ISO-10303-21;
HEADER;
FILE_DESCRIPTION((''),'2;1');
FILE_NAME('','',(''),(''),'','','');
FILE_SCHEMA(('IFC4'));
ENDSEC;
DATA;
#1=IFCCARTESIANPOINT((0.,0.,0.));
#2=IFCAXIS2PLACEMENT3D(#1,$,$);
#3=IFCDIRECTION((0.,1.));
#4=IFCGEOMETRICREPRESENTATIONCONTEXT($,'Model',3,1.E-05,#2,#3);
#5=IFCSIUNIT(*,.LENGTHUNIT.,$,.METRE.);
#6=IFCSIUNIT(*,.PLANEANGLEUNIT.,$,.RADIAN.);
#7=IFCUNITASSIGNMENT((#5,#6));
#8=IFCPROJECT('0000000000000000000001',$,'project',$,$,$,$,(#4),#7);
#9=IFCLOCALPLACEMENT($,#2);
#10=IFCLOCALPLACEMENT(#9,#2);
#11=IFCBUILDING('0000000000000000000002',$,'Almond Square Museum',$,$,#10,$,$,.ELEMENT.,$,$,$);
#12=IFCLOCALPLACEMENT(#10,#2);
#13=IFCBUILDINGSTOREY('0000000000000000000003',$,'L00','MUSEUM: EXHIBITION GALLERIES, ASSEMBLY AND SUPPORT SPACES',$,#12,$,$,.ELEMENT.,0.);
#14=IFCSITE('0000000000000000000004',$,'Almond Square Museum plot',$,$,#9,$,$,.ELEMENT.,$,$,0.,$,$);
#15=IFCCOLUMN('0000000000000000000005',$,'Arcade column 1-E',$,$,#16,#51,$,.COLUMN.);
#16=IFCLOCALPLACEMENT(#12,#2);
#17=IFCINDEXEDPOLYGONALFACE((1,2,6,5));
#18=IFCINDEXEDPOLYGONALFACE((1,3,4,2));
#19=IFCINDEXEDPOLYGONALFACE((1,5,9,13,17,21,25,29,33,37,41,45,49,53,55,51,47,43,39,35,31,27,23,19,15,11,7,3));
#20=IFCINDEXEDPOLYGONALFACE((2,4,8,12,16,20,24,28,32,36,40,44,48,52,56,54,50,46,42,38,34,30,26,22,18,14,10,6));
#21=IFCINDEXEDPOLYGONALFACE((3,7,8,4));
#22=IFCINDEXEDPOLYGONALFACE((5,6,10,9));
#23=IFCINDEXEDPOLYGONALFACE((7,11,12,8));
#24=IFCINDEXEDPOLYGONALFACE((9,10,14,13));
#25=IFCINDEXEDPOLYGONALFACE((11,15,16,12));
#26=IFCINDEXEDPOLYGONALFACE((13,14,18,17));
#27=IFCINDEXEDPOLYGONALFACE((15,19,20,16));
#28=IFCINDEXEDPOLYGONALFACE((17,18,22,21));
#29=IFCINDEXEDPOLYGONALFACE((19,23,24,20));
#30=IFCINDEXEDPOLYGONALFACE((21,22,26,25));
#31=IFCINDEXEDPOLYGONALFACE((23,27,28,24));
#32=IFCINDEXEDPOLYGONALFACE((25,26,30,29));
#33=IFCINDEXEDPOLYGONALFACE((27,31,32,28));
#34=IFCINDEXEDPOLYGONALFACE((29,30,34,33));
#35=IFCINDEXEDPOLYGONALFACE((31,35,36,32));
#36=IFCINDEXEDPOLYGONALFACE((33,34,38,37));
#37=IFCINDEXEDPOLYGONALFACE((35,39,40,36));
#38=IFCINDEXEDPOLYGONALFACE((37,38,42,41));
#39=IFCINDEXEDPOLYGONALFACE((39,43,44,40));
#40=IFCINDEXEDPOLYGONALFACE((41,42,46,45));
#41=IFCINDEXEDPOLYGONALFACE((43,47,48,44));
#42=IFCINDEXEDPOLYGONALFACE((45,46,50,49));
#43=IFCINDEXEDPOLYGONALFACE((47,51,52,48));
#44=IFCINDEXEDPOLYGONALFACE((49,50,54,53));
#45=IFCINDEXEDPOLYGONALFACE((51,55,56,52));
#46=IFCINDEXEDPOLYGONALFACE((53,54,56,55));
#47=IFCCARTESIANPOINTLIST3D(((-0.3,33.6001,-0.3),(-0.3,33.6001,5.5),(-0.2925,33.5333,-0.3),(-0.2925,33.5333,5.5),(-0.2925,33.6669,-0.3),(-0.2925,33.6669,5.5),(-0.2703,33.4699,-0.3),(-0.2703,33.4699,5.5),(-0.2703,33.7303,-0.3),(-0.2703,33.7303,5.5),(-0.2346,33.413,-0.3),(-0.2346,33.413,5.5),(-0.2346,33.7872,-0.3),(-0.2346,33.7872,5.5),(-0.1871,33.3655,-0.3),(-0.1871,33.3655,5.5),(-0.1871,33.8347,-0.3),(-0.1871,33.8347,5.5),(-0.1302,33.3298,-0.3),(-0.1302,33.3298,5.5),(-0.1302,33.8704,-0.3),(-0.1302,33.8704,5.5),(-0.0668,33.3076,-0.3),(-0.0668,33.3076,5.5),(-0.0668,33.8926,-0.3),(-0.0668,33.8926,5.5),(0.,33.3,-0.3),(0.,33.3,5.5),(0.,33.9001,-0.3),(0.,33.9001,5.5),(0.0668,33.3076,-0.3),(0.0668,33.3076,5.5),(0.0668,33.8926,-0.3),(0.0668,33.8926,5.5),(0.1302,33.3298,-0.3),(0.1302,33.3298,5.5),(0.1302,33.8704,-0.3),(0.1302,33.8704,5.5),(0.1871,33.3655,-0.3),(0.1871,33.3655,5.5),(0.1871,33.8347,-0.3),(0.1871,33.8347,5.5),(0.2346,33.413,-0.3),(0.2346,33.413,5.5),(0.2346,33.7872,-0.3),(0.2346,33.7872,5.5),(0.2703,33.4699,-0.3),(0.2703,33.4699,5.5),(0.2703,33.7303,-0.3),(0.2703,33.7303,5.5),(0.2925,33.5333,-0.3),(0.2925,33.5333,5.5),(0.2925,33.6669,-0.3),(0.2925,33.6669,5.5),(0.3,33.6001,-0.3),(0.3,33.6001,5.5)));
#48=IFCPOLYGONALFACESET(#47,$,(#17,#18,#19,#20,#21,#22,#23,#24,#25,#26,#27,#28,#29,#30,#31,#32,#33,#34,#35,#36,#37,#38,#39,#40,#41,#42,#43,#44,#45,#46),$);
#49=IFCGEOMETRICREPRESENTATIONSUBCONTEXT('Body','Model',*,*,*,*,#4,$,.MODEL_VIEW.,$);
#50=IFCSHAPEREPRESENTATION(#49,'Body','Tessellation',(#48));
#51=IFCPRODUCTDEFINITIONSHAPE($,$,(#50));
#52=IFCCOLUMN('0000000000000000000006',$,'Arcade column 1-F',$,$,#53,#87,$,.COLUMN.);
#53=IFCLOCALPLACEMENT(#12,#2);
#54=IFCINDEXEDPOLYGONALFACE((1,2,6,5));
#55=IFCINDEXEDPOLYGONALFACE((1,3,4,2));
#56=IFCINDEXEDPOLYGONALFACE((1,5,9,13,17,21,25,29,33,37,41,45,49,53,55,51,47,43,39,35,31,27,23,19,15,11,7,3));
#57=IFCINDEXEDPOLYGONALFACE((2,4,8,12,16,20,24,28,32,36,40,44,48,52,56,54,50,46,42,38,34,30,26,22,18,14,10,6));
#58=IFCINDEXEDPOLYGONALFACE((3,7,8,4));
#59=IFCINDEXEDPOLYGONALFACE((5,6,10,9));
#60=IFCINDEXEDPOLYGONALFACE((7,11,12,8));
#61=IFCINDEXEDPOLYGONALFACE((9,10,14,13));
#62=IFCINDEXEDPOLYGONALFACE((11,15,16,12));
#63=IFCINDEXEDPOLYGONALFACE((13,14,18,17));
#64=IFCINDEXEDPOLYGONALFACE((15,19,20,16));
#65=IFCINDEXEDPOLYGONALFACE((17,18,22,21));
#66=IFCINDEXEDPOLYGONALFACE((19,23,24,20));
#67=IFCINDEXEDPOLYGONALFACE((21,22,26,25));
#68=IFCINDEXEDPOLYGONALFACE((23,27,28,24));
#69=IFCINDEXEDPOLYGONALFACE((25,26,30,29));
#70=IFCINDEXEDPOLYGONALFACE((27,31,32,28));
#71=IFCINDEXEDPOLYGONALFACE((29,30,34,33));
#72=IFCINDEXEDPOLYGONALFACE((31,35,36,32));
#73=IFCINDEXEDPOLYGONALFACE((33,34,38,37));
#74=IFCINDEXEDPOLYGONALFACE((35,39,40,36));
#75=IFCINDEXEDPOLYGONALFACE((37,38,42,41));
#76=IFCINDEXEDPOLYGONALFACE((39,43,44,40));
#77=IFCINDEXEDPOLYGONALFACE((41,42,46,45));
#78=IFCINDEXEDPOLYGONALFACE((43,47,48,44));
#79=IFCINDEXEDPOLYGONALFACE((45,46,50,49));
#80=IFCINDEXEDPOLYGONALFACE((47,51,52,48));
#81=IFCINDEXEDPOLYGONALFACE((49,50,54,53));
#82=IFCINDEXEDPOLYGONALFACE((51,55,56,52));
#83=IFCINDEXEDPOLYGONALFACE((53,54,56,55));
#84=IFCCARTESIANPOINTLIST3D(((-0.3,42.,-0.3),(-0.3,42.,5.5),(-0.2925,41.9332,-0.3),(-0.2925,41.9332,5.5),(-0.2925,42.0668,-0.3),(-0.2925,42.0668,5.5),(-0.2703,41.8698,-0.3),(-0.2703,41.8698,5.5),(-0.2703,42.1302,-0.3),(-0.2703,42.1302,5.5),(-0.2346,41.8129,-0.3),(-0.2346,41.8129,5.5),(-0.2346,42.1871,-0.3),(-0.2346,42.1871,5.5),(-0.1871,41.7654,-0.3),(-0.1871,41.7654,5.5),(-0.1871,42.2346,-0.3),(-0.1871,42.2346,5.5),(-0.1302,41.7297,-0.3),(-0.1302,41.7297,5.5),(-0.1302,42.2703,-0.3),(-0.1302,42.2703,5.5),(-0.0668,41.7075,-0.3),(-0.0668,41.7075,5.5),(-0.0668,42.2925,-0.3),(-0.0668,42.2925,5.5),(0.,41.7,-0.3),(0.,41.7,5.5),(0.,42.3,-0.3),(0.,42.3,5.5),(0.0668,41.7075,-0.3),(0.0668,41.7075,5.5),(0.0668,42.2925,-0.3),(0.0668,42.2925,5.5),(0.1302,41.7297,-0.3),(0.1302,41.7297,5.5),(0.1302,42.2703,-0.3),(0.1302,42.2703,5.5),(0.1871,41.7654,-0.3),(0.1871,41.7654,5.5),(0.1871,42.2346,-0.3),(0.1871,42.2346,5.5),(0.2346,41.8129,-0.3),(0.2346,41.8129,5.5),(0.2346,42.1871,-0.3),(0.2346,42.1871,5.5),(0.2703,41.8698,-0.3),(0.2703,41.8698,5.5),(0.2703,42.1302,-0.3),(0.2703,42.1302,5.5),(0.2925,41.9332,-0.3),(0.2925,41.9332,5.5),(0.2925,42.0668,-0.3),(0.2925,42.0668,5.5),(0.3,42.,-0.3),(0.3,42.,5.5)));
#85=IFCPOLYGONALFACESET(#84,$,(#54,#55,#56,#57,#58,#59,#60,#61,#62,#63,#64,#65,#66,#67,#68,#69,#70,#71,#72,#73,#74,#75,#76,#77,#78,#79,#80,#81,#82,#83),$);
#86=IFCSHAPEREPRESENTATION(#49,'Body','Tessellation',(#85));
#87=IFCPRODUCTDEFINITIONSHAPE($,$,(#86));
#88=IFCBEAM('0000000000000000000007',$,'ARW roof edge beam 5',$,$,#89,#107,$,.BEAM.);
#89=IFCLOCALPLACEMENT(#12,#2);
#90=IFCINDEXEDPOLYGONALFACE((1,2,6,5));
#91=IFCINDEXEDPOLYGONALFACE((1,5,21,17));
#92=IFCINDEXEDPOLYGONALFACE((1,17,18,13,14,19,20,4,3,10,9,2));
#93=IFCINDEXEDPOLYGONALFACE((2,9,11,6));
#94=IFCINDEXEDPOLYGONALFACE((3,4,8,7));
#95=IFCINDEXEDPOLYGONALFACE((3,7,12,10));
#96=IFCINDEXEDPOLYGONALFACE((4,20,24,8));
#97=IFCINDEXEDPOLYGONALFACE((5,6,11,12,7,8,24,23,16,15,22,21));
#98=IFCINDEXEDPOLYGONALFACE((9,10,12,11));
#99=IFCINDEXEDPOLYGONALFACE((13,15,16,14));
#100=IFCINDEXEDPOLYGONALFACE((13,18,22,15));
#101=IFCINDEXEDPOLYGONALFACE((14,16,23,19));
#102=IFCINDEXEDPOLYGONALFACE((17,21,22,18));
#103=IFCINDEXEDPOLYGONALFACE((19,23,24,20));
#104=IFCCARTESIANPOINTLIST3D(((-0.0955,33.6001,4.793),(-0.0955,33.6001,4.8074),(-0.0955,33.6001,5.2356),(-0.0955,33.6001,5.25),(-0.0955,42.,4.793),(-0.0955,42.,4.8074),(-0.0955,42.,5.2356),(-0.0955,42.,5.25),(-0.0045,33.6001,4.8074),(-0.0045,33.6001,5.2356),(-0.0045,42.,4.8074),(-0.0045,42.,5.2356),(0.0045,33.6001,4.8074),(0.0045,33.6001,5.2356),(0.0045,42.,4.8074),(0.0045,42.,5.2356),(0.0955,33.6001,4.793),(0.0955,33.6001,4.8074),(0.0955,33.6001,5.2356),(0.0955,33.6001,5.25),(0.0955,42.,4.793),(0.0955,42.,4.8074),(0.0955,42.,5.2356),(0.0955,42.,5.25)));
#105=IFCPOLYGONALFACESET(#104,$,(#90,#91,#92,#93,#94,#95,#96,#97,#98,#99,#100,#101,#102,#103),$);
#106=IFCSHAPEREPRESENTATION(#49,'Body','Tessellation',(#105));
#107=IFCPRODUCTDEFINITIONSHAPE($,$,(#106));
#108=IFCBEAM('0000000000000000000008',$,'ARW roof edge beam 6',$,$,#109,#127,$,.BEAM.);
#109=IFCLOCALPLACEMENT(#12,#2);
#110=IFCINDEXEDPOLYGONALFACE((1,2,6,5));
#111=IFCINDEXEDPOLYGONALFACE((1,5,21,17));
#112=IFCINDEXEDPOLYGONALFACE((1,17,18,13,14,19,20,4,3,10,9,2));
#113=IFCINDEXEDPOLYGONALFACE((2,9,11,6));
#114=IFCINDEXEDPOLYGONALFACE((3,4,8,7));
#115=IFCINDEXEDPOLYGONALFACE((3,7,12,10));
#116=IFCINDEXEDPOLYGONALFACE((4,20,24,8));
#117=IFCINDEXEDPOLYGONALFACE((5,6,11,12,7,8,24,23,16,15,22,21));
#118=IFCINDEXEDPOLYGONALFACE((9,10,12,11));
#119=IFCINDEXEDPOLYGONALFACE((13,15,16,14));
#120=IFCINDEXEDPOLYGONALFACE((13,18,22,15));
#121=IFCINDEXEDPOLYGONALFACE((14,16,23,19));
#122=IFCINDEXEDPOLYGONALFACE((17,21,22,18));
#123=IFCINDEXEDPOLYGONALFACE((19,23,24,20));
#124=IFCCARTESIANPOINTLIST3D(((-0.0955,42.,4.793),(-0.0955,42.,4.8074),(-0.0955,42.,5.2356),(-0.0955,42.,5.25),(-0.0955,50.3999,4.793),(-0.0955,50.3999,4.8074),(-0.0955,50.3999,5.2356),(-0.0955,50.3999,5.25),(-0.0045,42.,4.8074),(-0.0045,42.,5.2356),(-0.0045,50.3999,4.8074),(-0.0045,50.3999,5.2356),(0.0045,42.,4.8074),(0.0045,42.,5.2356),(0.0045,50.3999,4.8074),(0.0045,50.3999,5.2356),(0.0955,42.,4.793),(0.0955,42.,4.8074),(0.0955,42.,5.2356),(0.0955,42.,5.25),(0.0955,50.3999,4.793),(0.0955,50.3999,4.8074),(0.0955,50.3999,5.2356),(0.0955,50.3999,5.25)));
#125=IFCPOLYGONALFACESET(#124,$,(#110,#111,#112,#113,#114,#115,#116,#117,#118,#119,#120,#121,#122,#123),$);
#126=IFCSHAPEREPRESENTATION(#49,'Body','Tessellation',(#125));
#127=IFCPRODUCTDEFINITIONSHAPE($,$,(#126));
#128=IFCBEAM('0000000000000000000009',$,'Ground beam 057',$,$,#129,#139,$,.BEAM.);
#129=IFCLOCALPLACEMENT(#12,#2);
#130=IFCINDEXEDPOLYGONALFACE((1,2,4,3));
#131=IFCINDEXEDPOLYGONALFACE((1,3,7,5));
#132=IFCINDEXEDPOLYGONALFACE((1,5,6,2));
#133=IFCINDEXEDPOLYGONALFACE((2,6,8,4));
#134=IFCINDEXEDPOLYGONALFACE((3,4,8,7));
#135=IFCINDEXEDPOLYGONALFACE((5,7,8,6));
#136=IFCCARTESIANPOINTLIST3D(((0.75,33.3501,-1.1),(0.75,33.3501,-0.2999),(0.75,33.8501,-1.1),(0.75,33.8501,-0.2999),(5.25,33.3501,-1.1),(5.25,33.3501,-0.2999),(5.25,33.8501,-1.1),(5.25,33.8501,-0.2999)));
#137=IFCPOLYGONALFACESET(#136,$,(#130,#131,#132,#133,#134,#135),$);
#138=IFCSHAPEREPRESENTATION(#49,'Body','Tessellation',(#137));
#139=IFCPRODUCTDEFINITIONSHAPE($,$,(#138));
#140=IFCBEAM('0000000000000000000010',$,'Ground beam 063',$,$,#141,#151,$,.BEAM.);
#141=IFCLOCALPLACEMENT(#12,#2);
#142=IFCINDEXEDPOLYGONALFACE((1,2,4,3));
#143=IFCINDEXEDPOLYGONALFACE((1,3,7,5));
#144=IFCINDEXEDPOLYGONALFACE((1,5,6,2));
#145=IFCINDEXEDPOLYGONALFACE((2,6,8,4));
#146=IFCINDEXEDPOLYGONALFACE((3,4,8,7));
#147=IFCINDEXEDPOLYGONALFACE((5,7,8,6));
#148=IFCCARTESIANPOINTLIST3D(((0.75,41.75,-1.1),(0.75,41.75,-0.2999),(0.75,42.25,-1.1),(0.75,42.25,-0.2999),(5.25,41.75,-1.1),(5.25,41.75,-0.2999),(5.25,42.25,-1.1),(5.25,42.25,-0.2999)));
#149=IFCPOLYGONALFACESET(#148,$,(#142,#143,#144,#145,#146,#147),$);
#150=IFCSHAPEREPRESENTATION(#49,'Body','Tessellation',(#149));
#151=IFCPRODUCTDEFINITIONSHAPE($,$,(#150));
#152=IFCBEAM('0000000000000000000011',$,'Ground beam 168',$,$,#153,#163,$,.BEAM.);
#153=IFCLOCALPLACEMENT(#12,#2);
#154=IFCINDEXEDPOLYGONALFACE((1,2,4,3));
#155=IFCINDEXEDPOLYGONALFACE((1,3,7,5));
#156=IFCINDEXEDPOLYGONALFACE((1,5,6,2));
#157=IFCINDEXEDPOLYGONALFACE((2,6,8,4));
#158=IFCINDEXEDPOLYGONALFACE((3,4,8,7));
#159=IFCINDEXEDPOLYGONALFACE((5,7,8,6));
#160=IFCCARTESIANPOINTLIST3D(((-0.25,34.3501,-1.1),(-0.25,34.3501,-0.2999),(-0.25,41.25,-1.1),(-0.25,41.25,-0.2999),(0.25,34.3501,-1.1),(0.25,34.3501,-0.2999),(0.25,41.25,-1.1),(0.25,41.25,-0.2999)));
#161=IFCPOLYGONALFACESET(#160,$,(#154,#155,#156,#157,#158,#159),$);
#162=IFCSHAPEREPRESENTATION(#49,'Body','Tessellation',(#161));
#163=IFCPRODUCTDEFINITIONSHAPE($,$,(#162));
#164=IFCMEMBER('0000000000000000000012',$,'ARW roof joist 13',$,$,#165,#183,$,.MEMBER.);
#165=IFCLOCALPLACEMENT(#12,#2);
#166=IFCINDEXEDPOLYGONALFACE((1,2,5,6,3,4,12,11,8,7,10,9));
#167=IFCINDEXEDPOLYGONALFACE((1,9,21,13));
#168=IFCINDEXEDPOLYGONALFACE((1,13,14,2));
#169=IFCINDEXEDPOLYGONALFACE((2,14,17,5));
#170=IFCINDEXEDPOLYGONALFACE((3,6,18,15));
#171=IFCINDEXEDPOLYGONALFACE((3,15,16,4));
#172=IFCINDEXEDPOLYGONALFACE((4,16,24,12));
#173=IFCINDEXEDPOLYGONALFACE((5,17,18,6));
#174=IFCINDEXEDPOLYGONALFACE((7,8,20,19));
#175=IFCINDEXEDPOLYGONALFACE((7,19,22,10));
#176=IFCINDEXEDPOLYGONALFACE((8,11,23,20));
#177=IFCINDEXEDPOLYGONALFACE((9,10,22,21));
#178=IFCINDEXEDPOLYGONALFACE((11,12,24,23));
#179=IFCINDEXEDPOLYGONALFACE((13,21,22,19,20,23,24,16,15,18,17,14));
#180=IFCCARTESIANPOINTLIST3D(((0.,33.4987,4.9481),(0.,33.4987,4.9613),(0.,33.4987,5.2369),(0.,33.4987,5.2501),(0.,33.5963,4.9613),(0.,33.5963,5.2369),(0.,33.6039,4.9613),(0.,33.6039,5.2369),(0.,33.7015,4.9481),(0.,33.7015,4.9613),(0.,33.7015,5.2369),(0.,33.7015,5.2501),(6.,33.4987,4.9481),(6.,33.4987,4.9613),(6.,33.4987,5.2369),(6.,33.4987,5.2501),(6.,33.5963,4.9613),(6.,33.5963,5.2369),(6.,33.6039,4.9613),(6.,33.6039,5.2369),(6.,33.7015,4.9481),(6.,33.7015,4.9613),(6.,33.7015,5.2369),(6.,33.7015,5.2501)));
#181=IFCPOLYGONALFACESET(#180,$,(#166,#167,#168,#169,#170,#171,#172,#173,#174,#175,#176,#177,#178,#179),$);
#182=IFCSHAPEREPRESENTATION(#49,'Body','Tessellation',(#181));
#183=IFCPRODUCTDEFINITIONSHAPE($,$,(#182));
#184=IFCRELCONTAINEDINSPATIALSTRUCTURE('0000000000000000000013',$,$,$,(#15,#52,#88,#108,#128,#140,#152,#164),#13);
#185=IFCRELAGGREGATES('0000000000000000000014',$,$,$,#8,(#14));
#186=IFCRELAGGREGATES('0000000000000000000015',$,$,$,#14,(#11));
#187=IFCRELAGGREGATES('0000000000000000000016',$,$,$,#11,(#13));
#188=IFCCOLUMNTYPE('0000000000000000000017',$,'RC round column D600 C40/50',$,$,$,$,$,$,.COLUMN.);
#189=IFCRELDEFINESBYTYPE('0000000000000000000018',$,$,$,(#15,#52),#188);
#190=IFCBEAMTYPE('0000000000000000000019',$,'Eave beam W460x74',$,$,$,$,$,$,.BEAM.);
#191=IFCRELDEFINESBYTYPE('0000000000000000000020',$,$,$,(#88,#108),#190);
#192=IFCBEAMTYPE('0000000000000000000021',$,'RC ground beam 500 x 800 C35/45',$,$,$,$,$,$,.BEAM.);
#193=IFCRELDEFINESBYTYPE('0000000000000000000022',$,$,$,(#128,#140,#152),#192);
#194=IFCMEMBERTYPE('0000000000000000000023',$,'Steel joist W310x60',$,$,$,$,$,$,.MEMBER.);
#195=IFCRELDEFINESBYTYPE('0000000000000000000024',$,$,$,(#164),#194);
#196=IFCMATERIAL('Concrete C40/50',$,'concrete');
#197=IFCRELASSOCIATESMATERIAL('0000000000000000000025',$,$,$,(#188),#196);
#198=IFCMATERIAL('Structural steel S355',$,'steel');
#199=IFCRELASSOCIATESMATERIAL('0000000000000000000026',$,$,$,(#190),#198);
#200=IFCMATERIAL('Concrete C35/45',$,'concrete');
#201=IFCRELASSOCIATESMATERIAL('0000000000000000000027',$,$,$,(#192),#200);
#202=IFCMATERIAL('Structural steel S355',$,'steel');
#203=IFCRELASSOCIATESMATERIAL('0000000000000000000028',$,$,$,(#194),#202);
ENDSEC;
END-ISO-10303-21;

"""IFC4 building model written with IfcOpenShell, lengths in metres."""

from ifc_helpers import new_model, si_unit, direction, frame, origin, origin_2d, place, context, subcontext, project, spatial, rectangle, circle, i_section, extrude, material, material_profile, profile_set, type_object, element, save


model = new_model("IFC4")

# Units and contexts
model_context = context("Model", 3, precision=1e-05, world=origin(), true_north=direction((0.0, 1.0)))
body_context = subcontext(model_context, "Body", "Model", "MODEL_VIEW")
ifc_project = project(units=[si_unit("LENGTHUNIT", "METRE"), si_unit("PLANEANGLEUNIT", "RADIAN")], contexts=[model_context])

# Site, building, storey
site_placement = place(None, origin())
site = spatial("IfcSite", under=ifc_project, at=site_placement, Name="Almond Square Museum plot", CompositionType="ELEMENT", RefElevation=0.0)
building_placement = place(site_placement, origin())
building = spatial("IfcBuilding", under=site, at=building_placement, Name="Almond Square Museum", CompositionType="ELEMENT")
storey_placement = place(building_placement, origin())
storey = spatial("IfcBuildingStorey", under=building, at=storey_placement, Name="L00", Description="MUSEUM: EXHIBITION GALLERIES, ASSEMBLY AND SUPPORT SPACES", CompositionType="ELEMENT", Elevation=0.0)

# Columns
ifc_material_1 = material(Name="Concrete C40/50", Category="concrete")
ifc_material_profile_1 = material_profile(ifc_material_1, circle(Radius=0.3, at=origin_2d()))
ifc_profile_set_1 = profile_set([ifc_material_profile_1], Name="Concrete C40/50")
column_type_1 = type_object("IfcColumnType", Name="RC round column D600 C40/50", PredefinedType="COLUMN", material=ifc_profile_set_1)
for number, where, z_axis, x_axis, name in (
    (1, (0.0, 33.6001, -0.3), (0.0, 0.0, 1.0), (1.0, 0.0, 0.0), "Arcade column 1-E"),
    (2, (0.0, 42.0, -0.3), (0.0, 0.0, 1.0), (1.0, 0.0, 0.0), "Arcade column 1-F"),
):
    element("IfcColumn", number, at=place(storey_placement, frame(where, z_axis=z_axis, x_axis=x_axis)), inside=storey, type_object=column_type_1, Name=name, PredefinedType="COLUMN", context=body_context, shape_type="SweptSolid", body=[
        extrude(circle(Radius=0.3, at=origin_2d()), origin(), (0.0, 0.0, 1.0), 5.8),
    ])

# Beams
ifc_material_2 = material(Name="Structural steel S355", Category="steel")
ifc_material_profile_2 = material_profile(ifc_material_2, i_section(OverallWidth=0.1909, OverallDepth=0.457, WebThickness=0.009, FlangeThickness=0.0144, at=origin_2d()))
ifc_profile_set_2 = profile_set([ifc_material_profile_2], Name="Structural steel S355")
beam_type_1 = type_object("IfcBeamType", Name="Eave beam W460x74", PredefinedType="BEAM", material=ifc_profile_set_2)
for number, where, z_axis, x_axis, name in (
    (3, (0.0, 33.6001, 5.0215), (0.0, 1.0, 0.0), (-1.0, 0.0, 0.0), "ARW roof edge beam 5"),
    (4, (0.0, 42.0, 5.0215), (0.0, 1.0, 0.0), (-1.0, 0.0, 0.0), "ARW roof edge beam 6"),
):
    element("IfcBeam", number, at=place(storey_placement, frame(where, z_axis=z_axis, x_axis=x_axis)), inside=storey, type_object=beam_type_1, Name=name, PredefinedType="BEAM", context=body_context, shape_type="SweptSolid", body=[
        extrude(i_section(OverallWidth=0.1909, OverallDepth=0.457, WebThickness=0.009, FlangeThickness=0.0144, at=origin_2d()), origin(), (0.0, 0.0, 1.0), 8.3999),
    ])
ifc_material_3 = material(Name="Concrete C35/45", Category="concrete")
ifc_material_profile_3 = material_profile(ifc_material_3, rectangle(XDim=0.5, YDim=0.8, at=origin_2d()))
ifc_profile_set_3 = profile_set([ifc_material_profile_3], Name="Concrete C35/45")
beam_type_2 = type_object("IfcBeamType", Name="RC ground beam 500 x 800 C35/45", PredefinedType="BEAM", material=ifc_profile_set_3)
for number, where, z_axis, x_axis, name in (
    (5, (0.75, 33.6001, -0.7), (1.0, 0.0, 0.0), (0.0, 1.0, 0.0), "Ground beam 057"),
    (6, (0.75, 42.0, -0.7), (1.0, 0.0, 0.0), (0.0, 1.0, 0.0), "Ground beam 063"),
):
    element("IfcBeam", number, at=place(storey_placement, frame(where, z_axis=z_axis, x_axis=x_axis)), inside=storey, type_object=beam_type_2, Name=name, PredefinedType="BEAM", context=body_context, shape_type="SweptSolid", body=[
        extrude(rectangle(XDim=0.5, YDim=0.8, at=origin_2d()), origin(), (0.0, 0.0, 1.0), 4.5),
    ])
beam_placement = place(storey_placement, frame((0.0, 34.3501, -0.7), z_axis=(0.0, 1.0, 0.0), x_axis=(-1.0, 0.0, 0.0)))
element("IfcBeam", 7, at=beam_placement, inside=storey, type_object=beam_type_2, Name="Ground beam 168", PredefinedType="BEAM", context=body_context, shape_type="SweptSolid", body=[
    extrude(rectangle(XDim=0.5, YDim=0.8, at=origin_2d()), origin(), (0.0, 0.0, 1.0), 6.8999),
])

# Member
ifc_material_4 = material(Name="Structural steel S355", Category="steel")
ifc_material_profile_4 = material_profile(ifc_material_4, i_section(OverallWidth=0.2029, OverallDepth=0.302, WebThickness=0.0076, FlangeThickness=0.0132, at=origin_2d()))
ifc_profile_set_4 = profile_set([ifc_material_profile_4], Name="Structural steel S355")
member_type = type_object("IfcMemberType", Name="Steel joist W310x60", PredefinedType="MEMBER", material=ifc_profile_set_4)
member_placement = place(storey_placement, frame((6.0, 33.6001, 5.0991), z_axis=(-1.0, 0.0, 0.0), x_axis=(0.0, -1.0, 0.0)))
element("IfcMember", 8, at=member_placement, inside=storey, type_object=member_type, Name="ARW roof joist 13", PredefinedType="MEMBER", context=body_context, shape_type="SweptSolid", body=[
    extrude(i_section(OverallWidth=0.2029, OverallDepth=0.302, WebThickness=0.0076, FlangeThickness=0.0132, at=origin_2d()), origin(), (0.0, 0.0, 1.0), 6.0),
])

save(model, "model.ifc")
